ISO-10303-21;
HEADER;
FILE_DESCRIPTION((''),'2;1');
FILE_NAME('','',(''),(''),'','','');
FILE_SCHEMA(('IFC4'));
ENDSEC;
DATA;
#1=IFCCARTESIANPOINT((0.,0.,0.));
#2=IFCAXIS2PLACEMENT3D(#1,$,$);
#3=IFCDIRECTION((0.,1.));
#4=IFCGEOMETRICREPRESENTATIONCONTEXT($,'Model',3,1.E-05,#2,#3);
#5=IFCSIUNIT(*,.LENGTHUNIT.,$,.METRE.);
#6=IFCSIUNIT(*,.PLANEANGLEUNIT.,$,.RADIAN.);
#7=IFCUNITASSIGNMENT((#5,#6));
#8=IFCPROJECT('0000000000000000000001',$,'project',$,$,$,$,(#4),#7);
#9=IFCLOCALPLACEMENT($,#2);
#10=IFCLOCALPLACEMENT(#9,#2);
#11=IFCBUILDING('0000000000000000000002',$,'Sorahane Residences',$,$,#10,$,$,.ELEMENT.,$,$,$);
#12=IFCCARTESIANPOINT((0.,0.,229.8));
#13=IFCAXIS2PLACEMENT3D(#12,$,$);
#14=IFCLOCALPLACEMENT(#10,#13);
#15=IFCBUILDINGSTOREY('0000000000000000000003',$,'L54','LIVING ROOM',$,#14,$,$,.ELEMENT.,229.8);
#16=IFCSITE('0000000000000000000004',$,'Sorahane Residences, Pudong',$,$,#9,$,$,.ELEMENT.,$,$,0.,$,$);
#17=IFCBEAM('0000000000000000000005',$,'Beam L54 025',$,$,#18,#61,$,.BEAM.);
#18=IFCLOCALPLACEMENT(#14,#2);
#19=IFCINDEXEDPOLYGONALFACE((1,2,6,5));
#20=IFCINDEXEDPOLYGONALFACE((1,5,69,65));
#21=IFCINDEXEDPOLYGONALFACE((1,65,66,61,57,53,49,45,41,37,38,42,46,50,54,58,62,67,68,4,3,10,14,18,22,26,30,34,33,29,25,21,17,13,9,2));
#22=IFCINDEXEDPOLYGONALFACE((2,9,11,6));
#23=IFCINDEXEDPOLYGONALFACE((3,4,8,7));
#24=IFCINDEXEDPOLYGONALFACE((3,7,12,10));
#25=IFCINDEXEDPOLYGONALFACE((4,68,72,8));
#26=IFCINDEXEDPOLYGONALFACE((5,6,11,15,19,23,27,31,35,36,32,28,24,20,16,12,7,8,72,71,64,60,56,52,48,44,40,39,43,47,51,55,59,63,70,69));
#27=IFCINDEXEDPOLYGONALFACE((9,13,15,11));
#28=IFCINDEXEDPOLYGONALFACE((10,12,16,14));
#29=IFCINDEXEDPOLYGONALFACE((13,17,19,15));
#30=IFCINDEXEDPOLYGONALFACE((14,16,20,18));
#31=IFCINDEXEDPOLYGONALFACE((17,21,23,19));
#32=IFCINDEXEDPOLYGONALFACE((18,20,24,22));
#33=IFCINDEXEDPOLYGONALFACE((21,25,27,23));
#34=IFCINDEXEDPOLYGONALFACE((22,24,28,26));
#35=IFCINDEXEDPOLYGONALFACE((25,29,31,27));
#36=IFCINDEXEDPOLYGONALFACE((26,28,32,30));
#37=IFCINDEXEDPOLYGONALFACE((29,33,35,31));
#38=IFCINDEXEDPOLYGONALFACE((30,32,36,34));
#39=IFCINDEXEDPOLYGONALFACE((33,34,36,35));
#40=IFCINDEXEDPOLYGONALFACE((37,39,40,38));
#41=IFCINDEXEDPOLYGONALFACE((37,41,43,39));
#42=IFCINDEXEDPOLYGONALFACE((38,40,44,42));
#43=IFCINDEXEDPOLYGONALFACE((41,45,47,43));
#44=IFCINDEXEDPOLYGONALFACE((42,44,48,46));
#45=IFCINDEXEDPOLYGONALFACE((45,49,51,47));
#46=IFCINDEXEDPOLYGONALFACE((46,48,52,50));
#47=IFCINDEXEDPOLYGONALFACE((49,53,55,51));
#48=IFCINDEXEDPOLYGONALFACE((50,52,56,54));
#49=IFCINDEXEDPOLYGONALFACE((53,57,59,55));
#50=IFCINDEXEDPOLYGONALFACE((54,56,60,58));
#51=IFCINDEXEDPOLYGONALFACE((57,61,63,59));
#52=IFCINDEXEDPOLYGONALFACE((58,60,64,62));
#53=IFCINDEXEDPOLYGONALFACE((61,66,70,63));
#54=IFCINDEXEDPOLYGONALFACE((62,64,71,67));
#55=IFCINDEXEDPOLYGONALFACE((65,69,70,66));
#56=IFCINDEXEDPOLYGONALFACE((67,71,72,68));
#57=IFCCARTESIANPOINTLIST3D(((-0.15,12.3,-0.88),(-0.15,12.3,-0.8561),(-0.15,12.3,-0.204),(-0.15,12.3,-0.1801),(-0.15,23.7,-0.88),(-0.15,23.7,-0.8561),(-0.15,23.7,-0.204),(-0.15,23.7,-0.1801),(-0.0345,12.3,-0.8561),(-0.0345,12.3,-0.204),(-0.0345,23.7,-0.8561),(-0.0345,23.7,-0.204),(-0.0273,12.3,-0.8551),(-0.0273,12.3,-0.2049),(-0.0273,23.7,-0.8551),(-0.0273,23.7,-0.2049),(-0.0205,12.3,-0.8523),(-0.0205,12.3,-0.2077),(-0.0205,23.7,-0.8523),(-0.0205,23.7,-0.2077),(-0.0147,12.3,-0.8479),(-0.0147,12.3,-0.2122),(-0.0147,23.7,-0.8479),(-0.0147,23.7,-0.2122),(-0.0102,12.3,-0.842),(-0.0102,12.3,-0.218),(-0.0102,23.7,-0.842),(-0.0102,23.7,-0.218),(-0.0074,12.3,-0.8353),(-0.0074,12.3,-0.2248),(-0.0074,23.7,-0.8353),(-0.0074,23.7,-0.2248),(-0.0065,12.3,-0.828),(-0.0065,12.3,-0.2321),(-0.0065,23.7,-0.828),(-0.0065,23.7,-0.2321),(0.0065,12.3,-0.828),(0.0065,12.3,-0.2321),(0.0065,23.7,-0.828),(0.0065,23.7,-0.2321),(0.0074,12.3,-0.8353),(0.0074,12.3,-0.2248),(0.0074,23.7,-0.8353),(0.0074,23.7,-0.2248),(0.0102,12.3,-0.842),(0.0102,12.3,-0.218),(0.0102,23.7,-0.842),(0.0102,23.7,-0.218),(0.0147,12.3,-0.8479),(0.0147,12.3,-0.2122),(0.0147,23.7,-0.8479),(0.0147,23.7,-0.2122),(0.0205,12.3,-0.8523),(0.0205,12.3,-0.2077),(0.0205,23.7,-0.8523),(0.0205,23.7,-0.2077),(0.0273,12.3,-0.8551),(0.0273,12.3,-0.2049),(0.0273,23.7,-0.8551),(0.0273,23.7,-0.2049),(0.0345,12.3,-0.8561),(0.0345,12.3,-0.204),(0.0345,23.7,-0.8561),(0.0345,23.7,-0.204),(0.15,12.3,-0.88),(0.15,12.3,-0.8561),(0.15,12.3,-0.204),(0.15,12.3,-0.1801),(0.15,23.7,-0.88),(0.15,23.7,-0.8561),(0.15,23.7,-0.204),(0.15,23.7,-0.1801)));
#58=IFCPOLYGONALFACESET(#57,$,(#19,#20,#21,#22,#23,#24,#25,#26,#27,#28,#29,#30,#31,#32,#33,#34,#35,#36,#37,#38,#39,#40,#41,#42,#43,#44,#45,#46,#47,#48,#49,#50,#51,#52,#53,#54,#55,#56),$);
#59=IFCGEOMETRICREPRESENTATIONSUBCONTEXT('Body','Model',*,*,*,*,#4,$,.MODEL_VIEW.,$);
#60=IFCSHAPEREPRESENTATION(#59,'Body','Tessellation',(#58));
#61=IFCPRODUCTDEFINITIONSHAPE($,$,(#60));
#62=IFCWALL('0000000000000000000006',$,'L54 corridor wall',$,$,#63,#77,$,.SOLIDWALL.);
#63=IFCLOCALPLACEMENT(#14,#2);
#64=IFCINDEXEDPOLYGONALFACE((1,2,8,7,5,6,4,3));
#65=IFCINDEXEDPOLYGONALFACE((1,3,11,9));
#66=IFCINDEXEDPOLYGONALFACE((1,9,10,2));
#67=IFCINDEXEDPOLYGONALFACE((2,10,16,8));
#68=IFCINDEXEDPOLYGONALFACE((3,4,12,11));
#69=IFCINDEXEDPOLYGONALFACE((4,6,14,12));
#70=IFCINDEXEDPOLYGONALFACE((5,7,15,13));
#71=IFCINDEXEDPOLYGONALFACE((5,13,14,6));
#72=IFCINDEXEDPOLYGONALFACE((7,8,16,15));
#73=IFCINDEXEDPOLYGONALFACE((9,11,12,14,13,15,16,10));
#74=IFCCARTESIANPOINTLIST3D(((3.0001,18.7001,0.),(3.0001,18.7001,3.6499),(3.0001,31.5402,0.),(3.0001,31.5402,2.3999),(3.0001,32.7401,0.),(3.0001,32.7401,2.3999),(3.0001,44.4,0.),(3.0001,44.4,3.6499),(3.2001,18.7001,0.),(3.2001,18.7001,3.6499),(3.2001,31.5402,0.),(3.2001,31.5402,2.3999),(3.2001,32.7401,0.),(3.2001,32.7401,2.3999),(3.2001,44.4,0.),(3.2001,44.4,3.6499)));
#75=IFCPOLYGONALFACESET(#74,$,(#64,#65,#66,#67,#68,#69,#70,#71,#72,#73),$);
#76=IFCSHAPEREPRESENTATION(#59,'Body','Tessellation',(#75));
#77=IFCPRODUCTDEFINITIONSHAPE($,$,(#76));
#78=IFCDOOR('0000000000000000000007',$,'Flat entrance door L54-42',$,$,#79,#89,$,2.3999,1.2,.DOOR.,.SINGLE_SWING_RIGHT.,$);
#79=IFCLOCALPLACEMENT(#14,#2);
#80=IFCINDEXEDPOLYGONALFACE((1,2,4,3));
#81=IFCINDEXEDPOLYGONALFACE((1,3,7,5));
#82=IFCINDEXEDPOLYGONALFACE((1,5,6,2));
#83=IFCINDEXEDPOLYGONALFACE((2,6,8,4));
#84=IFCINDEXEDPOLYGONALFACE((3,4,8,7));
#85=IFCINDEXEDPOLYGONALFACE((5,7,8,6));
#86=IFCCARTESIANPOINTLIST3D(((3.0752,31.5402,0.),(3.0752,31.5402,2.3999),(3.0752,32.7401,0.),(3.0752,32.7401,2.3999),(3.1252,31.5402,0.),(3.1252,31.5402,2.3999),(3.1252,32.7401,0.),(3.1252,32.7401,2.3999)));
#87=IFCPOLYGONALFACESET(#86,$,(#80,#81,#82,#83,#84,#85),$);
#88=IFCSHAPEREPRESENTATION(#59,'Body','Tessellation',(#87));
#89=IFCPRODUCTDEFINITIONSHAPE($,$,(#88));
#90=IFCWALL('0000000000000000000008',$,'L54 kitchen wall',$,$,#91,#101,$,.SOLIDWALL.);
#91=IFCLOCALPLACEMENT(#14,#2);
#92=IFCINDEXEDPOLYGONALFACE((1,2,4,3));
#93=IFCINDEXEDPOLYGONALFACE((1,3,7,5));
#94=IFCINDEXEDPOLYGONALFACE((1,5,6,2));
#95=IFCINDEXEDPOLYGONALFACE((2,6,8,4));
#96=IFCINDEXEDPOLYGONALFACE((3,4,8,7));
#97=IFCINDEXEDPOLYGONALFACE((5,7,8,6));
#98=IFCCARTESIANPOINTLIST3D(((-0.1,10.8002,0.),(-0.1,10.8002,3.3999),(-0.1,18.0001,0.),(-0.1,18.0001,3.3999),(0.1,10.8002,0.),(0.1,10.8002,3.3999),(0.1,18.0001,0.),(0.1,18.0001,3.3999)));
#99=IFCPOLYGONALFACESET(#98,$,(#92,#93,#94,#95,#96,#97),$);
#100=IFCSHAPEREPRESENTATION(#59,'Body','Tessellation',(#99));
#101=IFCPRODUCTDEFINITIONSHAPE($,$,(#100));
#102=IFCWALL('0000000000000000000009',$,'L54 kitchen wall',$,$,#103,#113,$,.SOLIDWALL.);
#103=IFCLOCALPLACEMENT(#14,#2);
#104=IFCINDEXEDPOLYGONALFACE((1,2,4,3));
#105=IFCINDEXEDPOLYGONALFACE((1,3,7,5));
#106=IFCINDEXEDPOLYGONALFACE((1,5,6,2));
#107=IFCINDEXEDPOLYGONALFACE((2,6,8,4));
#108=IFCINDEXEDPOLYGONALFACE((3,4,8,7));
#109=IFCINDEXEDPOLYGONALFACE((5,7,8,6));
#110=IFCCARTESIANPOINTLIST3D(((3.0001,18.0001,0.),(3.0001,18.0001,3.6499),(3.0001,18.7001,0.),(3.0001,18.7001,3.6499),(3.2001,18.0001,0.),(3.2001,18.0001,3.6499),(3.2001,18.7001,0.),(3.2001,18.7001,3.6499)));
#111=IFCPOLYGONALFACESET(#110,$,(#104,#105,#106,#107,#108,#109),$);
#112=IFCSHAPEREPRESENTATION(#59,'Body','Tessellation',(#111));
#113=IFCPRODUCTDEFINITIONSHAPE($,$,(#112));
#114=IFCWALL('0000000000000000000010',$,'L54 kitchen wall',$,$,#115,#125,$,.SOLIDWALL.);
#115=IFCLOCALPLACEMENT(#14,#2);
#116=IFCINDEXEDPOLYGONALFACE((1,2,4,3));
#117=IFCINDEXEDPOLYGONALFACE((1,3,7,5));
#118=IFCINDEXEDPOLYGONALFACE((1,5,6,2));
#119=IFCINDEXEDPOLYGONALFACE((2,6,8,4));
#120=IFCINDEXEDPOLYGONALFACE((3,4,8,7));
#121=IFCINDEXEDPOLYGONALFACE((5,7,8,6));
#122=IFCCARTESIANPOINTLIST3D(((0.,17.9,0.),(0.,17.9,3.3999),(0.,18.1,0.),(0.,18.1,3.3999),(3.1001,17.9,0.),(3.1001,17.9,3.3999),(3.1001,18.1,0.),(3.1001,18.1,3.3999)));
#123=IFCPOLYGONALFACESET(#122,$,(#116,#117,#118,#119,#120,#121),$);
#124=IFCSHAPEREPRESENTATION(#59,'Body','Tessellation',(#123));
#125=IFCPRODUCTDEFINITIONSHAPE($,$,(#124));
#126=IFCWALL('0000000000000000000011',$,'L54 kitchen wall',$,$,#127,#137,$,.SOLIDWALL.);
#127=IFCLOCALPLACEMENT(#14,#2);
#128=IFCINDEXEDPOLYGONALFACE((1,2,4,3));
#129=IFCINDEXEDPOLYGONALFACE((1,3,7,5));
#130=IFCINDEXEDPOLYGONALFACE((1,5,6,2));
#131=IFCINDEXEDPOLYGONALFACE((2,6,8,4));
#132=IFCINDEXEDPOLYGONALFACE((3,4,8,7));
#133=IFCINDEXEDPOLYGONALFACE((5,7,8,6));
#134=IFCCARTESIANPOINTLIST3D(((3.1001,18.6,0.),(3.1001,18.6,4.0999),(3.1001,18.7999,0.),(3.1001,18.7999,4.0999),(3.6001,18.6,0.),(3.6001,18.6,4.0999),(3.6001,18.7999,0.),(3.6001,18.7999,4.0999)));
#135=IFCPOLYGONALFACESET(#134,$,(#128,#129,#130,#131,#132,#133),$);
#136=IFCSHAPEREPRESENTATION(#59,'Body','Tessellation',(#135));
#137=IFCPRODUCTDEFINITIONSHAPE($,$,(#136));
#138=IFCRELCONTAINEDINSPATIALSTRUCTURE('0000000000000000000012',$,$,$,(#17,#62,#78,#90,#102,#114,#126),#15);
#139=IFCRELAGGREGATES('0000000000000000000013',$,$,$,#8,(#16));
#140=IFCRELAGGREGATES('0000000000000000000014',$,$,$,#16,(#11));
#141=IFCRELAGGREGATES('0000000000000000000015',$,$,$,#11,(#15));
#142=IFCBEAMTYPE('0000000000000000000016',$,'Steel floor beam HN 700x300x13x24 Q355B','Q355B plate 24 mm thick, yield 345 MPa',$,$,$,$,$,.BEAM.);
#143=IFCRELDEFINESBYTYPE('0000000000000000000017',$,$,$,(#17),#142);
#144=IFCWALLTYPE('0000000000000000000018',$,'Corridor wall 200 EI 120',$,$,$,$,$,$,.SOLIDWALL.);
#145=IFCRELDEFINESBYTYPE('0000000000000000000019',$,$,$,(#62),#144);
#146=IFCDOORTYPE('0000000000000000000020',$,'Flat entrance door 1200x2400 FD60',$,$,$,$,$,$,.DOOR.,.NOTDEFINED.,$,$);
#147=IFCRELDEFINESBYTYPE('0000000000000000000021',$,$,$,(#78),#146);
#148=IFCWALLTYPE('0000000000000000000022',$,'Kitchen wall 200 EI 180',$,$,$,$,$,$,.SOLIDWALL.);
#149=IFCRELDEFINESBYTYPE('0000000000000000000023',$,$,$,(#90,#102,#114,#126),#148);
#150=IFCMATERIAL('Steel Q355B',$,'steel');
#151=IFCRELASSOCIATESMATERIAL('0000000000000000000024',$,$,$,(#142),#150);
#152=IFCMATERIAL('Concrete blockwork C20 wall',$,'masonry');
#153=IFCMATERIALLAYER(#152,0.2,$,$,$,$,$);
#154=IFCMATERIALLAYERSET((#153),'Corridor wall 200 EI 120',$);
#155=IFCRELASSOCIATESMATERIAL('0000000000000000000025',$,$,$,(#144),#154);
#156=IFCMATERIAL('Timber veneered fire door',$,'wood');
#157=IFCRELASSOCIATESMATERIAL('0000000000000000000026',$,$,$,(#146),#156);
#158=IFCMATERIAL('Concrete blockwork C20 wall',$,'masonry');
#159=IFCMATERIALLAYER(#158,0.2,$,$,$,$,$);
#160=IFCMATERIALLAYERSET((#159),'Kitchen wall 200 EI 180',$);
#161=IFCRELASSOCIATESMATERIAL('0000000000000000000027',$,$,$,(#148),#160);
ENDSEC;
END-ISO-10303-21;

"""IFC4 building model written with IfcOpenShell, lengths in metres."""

from ifc_helpers import new_model, si_unit, direction, frame, frame_2d, origin, origin_2d, place, context, subcontext, project, spatial, rectangle, i_section, extrude, material, layer, layer_set, material_profile, profile_set, type_object, element, fill, save


model = new_model("IFC4")

# Units and contexts
model_context = context("Model", 3, precision=1e-05, world=origin(), true_north=direction((0.0, 1.0)))
body_context = subcontext(model_context, "Body", "Model", "MODEL_VIEW")
ifc_project = project(units=[si_unit("LENGTHUNIT", "METRE"), si_unit("PLANEANGLEUNIT", "RADIAN")], contexts=[model_context])

# Site, building, storey
site_placement = place(None, origin())
site = spatial("IfcSite", under=ifc_project, at=site_placement, Name="Sorahane Residences, Pudong", CompositionType="ELEMENT", RefElevation=0.0)
building_placement = place(site_placement, origin())
building = spatial("IfcBuilding", under=site, at=building_placement, Name="Sorahane Residences", CompositionType="ELEMENT")
storey_placement = place(building_placement, frame((0.0, 0.0, 229.8)))
storey = spatial("IfcBuildingStorey", under=building, at=storey_placement, Name="L54", Description="LIVING ROOM", CompositionType="ELEMENT", Elevation=229.8)

# Beam
ifc_material_1 = material(Name="Steel Q355B", Category="steel")
ifc_material_profile_1 = material_profile(ifc_material_1, i_section(OverallWidth=0.3, OverallDepth=0.7, WebThickness=0.0129, FlangeThickness=0.0239, FilletRadius=0.0281, at=origin_2d()), Name="HN 700x300x13x24")
ifc_profile_set_1 = profile_set([ifc_material_profile_1], Name="Steel Q355B")
beam_type_1 = type_object("IfcBeamType", Name="Steel floor beam HN 700x300x13x24 Q355B", Description="Q355B plate 24 mm thick, yield 345 MPa", PredefinedType="BEAM", material=ifc_profile_set_1)
for number, where, z_axis, x_axis, name in (
    (1, (0.0, 12.3, -0.53), (0.0, 1.0, 0.0), (-1.0, 0.0, 0.0), "Beam L54 025"),
):
    element("IfcBeam", number, at=place(storey_placement, frame(where, z_axis=z_axis, x_axis=x_axis)), inside=storey, type_object=beam_type_1, Name=name, PredefinedType="BEAM", context=body_context, shape_type="SweptSolid", body=[
        extrude(i_section(OverallWidth=0.3, OverallDepth=0.7, WebThickness=0.0129, FlangeThickness=0.0239, FilletRadius=0.0281, at=origin_2d()), origin(), (0.0, 0.0, 1.0), 11.3999),
    ])

# Wall, opening, door
ifc_material_2 = material(Name="Concrete blockwork C20 wall", Category="masonry")
ifc_layer_1 = layer(ifc_material_2, 0.2)
ifc_layer_set_1 = layer_set([ifc_layer_1], Name="Corridor wall 200 EI 120")
wall_type_1 = type_object("IfcWallType", Name="Corridor wall 200 EI 120", PredefinedType="SOLIDWALL", material=ifc_layer_set_1)
wall_1_placement = place(storey_placement, frame((3.1001, 18.7, 0.0), z_axis=(0.0, 0.0, 1.0), x_axis=(0.0, 1.0, 0.0)))
wall_1 = element("IfcWall", 2, at=wall_1_placement, inside=storey, type_object=wall_type_1, Name="L54 corridor wall", PredefinedType="SOLIDWALL", context=body_context, shape_type="SweptSolid", body=[
    extrude(rectangle(XDim=25.7, YDim=0.2, at=frame_2d((12.8501, 0.0))), origin(), (0.0, 0.0, 1.0), 3.6499),
])
opening_1_placement = place(wall_1_placement, frame((12.8401, 0.0, 0.0)))
opening_1 = element("IfcOpeningElement", 3, at=opening_1_placement, cuts=wall_1, PredefinedType="OPENING", context=body_context, shape_type="SweptSolid", body=[
    extrude(rectangle(XDim=1.2, YDim=2.3999, at=frame_2d((0.6001, 1.2))), frame((0.0, 0.1099, 0.0), z_axis=(0.0, -1.0, 0.0), x_axis=(1.0, 0.0, 0.0)), (0.0, 0.0, 1.0), 0.22),
])
ifc_material_3 = material(Name="Timber veneered fire door", Category="wood")
door_type_1 = type_object("IfcDoorType", Name="Flat entrance door 1200x2400 FD60", OperationType="NOTDEFINED", PredefinedType="DOOR", material=ifc_material_3)
door_1_placement = place(opening_1_placement, origin())
door_1 = element("IfcDoor", 4, at=door_1_placement, inside=storey, type_object=door_type_1, Name="Flat entrance door L54-42", OperationType="SINGLE_SWING_RIGHT", OverallHeight=2.3999, OverallWidth=1.2, PredefinedType="DOOR", context=body_context, shape_type="SweptSolid", body=[
    extrude(rectangle(XDim=1.2, YDim=2.3999, at=frame_2d((0.6001, 1.2))), frame((0.0, 0.0249, 0.0), z_axis=(0.0, -1.0, 0.0), x_axis=(1.0, 0.0, 0.0)), (0.0, 0.0, 1.0), 0.05),
])
fill(opening_1, door_1)

# Walls
ifc_material_4 = material(Name="Concrete blockwork C20 wall", Category="masonry")
ifc_layer_2 = layer(ifc_material_4, 0.2)
ifc_layer_set_2 = layer_set([ifc_layer_2], Name="Kitchen wall 200 EI 180")
wall_type_2 = type_object("IfcWallType", Name="Kitchen wall 200 EI 180", PredefinedType="SOLIDWALL", material=ifc_layer_set_2)
wall_2_placement = place(storey_placement, frame((0.0, 10.8, 0.0), z_axis=(0.0, 0.0, 1.0), x_axis=(0.0, 1.0, 0.0)))
element("IfcWall", 5, at=wall_2_placement, inside=storey, type_object=wall_type_2, Name="L54 kitchen wall", PredefinedType="SOLIDWALL", context=body_context, shape_type="SweptSolid", body=[
    extrude(rectangle(XDim=7.2, YDim=0.2, at=frame_2d((3.6001, 0.0))), origin(), (0.0, 0.0, 1.0), 3.3999),
])
wall_3_placement = place(storey_placement, frame((3.1001, 18.0, 0.0), z_axis=(0.0, 0.0, 1.0), x_axis=(0.0, 1.0, 0.0)))
element("IfcWall", 6, at=wall_3_placement, inside=storey, type_object=wall_type_2, Name="L54 kitchen wall", PredefinedType="SOLIDWALL", context=body_context, shape_type="SweptSolid", body=[
    extrude(rectangle(XDim=0.7, YDim=0.2, at=frame_2d((0.3501, 0.0))), origin(), (0.0, 0.0, 1.0), 3.6499),
])

# Walls
wall_4_placement = place(storey_placement, frame((0.0, 18.0, 0.0), z_axis=(0.0, 0.0, 1.0), x_axis=(1.0, 0.0, 0.0)))
element("IfcWall", 7, at=wall_4_placement, inside=storey, type_object=wall_type_2, Name="L54 kitchen wall", PredefinedType="SOLIDWALL", context=body_context, shape_type="SweptSolid", body=[
    extrude(rectangle(XDim=3.1001, YDim=0.2, at=frame_2d((1.55, 0.0))), origin(), (0.0, 0.0, 1.0), 3.3999),
])
wall_5_placement = place(storey_placement, frame((3.1001, 18.7, 0.0), z_axis=(0.0, 0.0, 1.0), x_axis=(1.0, 0.0, 0.0)))
element("IfcWall", 8, at=wall_5_placement, inside=storey, type_object=wall_type_2, Name="L54 kitchen wall", PredefinedType="SOLIDWALL", context=body_context, shape_type="SweptSolid", body=[
    extrude(rectangle(XDim=0.5, YDim=0.2, at=frame_2d((0.25, 0.0))), origin(), (0.0, 0.0, 1.0), 4.0999),
])

save(model, "model.ifc")
